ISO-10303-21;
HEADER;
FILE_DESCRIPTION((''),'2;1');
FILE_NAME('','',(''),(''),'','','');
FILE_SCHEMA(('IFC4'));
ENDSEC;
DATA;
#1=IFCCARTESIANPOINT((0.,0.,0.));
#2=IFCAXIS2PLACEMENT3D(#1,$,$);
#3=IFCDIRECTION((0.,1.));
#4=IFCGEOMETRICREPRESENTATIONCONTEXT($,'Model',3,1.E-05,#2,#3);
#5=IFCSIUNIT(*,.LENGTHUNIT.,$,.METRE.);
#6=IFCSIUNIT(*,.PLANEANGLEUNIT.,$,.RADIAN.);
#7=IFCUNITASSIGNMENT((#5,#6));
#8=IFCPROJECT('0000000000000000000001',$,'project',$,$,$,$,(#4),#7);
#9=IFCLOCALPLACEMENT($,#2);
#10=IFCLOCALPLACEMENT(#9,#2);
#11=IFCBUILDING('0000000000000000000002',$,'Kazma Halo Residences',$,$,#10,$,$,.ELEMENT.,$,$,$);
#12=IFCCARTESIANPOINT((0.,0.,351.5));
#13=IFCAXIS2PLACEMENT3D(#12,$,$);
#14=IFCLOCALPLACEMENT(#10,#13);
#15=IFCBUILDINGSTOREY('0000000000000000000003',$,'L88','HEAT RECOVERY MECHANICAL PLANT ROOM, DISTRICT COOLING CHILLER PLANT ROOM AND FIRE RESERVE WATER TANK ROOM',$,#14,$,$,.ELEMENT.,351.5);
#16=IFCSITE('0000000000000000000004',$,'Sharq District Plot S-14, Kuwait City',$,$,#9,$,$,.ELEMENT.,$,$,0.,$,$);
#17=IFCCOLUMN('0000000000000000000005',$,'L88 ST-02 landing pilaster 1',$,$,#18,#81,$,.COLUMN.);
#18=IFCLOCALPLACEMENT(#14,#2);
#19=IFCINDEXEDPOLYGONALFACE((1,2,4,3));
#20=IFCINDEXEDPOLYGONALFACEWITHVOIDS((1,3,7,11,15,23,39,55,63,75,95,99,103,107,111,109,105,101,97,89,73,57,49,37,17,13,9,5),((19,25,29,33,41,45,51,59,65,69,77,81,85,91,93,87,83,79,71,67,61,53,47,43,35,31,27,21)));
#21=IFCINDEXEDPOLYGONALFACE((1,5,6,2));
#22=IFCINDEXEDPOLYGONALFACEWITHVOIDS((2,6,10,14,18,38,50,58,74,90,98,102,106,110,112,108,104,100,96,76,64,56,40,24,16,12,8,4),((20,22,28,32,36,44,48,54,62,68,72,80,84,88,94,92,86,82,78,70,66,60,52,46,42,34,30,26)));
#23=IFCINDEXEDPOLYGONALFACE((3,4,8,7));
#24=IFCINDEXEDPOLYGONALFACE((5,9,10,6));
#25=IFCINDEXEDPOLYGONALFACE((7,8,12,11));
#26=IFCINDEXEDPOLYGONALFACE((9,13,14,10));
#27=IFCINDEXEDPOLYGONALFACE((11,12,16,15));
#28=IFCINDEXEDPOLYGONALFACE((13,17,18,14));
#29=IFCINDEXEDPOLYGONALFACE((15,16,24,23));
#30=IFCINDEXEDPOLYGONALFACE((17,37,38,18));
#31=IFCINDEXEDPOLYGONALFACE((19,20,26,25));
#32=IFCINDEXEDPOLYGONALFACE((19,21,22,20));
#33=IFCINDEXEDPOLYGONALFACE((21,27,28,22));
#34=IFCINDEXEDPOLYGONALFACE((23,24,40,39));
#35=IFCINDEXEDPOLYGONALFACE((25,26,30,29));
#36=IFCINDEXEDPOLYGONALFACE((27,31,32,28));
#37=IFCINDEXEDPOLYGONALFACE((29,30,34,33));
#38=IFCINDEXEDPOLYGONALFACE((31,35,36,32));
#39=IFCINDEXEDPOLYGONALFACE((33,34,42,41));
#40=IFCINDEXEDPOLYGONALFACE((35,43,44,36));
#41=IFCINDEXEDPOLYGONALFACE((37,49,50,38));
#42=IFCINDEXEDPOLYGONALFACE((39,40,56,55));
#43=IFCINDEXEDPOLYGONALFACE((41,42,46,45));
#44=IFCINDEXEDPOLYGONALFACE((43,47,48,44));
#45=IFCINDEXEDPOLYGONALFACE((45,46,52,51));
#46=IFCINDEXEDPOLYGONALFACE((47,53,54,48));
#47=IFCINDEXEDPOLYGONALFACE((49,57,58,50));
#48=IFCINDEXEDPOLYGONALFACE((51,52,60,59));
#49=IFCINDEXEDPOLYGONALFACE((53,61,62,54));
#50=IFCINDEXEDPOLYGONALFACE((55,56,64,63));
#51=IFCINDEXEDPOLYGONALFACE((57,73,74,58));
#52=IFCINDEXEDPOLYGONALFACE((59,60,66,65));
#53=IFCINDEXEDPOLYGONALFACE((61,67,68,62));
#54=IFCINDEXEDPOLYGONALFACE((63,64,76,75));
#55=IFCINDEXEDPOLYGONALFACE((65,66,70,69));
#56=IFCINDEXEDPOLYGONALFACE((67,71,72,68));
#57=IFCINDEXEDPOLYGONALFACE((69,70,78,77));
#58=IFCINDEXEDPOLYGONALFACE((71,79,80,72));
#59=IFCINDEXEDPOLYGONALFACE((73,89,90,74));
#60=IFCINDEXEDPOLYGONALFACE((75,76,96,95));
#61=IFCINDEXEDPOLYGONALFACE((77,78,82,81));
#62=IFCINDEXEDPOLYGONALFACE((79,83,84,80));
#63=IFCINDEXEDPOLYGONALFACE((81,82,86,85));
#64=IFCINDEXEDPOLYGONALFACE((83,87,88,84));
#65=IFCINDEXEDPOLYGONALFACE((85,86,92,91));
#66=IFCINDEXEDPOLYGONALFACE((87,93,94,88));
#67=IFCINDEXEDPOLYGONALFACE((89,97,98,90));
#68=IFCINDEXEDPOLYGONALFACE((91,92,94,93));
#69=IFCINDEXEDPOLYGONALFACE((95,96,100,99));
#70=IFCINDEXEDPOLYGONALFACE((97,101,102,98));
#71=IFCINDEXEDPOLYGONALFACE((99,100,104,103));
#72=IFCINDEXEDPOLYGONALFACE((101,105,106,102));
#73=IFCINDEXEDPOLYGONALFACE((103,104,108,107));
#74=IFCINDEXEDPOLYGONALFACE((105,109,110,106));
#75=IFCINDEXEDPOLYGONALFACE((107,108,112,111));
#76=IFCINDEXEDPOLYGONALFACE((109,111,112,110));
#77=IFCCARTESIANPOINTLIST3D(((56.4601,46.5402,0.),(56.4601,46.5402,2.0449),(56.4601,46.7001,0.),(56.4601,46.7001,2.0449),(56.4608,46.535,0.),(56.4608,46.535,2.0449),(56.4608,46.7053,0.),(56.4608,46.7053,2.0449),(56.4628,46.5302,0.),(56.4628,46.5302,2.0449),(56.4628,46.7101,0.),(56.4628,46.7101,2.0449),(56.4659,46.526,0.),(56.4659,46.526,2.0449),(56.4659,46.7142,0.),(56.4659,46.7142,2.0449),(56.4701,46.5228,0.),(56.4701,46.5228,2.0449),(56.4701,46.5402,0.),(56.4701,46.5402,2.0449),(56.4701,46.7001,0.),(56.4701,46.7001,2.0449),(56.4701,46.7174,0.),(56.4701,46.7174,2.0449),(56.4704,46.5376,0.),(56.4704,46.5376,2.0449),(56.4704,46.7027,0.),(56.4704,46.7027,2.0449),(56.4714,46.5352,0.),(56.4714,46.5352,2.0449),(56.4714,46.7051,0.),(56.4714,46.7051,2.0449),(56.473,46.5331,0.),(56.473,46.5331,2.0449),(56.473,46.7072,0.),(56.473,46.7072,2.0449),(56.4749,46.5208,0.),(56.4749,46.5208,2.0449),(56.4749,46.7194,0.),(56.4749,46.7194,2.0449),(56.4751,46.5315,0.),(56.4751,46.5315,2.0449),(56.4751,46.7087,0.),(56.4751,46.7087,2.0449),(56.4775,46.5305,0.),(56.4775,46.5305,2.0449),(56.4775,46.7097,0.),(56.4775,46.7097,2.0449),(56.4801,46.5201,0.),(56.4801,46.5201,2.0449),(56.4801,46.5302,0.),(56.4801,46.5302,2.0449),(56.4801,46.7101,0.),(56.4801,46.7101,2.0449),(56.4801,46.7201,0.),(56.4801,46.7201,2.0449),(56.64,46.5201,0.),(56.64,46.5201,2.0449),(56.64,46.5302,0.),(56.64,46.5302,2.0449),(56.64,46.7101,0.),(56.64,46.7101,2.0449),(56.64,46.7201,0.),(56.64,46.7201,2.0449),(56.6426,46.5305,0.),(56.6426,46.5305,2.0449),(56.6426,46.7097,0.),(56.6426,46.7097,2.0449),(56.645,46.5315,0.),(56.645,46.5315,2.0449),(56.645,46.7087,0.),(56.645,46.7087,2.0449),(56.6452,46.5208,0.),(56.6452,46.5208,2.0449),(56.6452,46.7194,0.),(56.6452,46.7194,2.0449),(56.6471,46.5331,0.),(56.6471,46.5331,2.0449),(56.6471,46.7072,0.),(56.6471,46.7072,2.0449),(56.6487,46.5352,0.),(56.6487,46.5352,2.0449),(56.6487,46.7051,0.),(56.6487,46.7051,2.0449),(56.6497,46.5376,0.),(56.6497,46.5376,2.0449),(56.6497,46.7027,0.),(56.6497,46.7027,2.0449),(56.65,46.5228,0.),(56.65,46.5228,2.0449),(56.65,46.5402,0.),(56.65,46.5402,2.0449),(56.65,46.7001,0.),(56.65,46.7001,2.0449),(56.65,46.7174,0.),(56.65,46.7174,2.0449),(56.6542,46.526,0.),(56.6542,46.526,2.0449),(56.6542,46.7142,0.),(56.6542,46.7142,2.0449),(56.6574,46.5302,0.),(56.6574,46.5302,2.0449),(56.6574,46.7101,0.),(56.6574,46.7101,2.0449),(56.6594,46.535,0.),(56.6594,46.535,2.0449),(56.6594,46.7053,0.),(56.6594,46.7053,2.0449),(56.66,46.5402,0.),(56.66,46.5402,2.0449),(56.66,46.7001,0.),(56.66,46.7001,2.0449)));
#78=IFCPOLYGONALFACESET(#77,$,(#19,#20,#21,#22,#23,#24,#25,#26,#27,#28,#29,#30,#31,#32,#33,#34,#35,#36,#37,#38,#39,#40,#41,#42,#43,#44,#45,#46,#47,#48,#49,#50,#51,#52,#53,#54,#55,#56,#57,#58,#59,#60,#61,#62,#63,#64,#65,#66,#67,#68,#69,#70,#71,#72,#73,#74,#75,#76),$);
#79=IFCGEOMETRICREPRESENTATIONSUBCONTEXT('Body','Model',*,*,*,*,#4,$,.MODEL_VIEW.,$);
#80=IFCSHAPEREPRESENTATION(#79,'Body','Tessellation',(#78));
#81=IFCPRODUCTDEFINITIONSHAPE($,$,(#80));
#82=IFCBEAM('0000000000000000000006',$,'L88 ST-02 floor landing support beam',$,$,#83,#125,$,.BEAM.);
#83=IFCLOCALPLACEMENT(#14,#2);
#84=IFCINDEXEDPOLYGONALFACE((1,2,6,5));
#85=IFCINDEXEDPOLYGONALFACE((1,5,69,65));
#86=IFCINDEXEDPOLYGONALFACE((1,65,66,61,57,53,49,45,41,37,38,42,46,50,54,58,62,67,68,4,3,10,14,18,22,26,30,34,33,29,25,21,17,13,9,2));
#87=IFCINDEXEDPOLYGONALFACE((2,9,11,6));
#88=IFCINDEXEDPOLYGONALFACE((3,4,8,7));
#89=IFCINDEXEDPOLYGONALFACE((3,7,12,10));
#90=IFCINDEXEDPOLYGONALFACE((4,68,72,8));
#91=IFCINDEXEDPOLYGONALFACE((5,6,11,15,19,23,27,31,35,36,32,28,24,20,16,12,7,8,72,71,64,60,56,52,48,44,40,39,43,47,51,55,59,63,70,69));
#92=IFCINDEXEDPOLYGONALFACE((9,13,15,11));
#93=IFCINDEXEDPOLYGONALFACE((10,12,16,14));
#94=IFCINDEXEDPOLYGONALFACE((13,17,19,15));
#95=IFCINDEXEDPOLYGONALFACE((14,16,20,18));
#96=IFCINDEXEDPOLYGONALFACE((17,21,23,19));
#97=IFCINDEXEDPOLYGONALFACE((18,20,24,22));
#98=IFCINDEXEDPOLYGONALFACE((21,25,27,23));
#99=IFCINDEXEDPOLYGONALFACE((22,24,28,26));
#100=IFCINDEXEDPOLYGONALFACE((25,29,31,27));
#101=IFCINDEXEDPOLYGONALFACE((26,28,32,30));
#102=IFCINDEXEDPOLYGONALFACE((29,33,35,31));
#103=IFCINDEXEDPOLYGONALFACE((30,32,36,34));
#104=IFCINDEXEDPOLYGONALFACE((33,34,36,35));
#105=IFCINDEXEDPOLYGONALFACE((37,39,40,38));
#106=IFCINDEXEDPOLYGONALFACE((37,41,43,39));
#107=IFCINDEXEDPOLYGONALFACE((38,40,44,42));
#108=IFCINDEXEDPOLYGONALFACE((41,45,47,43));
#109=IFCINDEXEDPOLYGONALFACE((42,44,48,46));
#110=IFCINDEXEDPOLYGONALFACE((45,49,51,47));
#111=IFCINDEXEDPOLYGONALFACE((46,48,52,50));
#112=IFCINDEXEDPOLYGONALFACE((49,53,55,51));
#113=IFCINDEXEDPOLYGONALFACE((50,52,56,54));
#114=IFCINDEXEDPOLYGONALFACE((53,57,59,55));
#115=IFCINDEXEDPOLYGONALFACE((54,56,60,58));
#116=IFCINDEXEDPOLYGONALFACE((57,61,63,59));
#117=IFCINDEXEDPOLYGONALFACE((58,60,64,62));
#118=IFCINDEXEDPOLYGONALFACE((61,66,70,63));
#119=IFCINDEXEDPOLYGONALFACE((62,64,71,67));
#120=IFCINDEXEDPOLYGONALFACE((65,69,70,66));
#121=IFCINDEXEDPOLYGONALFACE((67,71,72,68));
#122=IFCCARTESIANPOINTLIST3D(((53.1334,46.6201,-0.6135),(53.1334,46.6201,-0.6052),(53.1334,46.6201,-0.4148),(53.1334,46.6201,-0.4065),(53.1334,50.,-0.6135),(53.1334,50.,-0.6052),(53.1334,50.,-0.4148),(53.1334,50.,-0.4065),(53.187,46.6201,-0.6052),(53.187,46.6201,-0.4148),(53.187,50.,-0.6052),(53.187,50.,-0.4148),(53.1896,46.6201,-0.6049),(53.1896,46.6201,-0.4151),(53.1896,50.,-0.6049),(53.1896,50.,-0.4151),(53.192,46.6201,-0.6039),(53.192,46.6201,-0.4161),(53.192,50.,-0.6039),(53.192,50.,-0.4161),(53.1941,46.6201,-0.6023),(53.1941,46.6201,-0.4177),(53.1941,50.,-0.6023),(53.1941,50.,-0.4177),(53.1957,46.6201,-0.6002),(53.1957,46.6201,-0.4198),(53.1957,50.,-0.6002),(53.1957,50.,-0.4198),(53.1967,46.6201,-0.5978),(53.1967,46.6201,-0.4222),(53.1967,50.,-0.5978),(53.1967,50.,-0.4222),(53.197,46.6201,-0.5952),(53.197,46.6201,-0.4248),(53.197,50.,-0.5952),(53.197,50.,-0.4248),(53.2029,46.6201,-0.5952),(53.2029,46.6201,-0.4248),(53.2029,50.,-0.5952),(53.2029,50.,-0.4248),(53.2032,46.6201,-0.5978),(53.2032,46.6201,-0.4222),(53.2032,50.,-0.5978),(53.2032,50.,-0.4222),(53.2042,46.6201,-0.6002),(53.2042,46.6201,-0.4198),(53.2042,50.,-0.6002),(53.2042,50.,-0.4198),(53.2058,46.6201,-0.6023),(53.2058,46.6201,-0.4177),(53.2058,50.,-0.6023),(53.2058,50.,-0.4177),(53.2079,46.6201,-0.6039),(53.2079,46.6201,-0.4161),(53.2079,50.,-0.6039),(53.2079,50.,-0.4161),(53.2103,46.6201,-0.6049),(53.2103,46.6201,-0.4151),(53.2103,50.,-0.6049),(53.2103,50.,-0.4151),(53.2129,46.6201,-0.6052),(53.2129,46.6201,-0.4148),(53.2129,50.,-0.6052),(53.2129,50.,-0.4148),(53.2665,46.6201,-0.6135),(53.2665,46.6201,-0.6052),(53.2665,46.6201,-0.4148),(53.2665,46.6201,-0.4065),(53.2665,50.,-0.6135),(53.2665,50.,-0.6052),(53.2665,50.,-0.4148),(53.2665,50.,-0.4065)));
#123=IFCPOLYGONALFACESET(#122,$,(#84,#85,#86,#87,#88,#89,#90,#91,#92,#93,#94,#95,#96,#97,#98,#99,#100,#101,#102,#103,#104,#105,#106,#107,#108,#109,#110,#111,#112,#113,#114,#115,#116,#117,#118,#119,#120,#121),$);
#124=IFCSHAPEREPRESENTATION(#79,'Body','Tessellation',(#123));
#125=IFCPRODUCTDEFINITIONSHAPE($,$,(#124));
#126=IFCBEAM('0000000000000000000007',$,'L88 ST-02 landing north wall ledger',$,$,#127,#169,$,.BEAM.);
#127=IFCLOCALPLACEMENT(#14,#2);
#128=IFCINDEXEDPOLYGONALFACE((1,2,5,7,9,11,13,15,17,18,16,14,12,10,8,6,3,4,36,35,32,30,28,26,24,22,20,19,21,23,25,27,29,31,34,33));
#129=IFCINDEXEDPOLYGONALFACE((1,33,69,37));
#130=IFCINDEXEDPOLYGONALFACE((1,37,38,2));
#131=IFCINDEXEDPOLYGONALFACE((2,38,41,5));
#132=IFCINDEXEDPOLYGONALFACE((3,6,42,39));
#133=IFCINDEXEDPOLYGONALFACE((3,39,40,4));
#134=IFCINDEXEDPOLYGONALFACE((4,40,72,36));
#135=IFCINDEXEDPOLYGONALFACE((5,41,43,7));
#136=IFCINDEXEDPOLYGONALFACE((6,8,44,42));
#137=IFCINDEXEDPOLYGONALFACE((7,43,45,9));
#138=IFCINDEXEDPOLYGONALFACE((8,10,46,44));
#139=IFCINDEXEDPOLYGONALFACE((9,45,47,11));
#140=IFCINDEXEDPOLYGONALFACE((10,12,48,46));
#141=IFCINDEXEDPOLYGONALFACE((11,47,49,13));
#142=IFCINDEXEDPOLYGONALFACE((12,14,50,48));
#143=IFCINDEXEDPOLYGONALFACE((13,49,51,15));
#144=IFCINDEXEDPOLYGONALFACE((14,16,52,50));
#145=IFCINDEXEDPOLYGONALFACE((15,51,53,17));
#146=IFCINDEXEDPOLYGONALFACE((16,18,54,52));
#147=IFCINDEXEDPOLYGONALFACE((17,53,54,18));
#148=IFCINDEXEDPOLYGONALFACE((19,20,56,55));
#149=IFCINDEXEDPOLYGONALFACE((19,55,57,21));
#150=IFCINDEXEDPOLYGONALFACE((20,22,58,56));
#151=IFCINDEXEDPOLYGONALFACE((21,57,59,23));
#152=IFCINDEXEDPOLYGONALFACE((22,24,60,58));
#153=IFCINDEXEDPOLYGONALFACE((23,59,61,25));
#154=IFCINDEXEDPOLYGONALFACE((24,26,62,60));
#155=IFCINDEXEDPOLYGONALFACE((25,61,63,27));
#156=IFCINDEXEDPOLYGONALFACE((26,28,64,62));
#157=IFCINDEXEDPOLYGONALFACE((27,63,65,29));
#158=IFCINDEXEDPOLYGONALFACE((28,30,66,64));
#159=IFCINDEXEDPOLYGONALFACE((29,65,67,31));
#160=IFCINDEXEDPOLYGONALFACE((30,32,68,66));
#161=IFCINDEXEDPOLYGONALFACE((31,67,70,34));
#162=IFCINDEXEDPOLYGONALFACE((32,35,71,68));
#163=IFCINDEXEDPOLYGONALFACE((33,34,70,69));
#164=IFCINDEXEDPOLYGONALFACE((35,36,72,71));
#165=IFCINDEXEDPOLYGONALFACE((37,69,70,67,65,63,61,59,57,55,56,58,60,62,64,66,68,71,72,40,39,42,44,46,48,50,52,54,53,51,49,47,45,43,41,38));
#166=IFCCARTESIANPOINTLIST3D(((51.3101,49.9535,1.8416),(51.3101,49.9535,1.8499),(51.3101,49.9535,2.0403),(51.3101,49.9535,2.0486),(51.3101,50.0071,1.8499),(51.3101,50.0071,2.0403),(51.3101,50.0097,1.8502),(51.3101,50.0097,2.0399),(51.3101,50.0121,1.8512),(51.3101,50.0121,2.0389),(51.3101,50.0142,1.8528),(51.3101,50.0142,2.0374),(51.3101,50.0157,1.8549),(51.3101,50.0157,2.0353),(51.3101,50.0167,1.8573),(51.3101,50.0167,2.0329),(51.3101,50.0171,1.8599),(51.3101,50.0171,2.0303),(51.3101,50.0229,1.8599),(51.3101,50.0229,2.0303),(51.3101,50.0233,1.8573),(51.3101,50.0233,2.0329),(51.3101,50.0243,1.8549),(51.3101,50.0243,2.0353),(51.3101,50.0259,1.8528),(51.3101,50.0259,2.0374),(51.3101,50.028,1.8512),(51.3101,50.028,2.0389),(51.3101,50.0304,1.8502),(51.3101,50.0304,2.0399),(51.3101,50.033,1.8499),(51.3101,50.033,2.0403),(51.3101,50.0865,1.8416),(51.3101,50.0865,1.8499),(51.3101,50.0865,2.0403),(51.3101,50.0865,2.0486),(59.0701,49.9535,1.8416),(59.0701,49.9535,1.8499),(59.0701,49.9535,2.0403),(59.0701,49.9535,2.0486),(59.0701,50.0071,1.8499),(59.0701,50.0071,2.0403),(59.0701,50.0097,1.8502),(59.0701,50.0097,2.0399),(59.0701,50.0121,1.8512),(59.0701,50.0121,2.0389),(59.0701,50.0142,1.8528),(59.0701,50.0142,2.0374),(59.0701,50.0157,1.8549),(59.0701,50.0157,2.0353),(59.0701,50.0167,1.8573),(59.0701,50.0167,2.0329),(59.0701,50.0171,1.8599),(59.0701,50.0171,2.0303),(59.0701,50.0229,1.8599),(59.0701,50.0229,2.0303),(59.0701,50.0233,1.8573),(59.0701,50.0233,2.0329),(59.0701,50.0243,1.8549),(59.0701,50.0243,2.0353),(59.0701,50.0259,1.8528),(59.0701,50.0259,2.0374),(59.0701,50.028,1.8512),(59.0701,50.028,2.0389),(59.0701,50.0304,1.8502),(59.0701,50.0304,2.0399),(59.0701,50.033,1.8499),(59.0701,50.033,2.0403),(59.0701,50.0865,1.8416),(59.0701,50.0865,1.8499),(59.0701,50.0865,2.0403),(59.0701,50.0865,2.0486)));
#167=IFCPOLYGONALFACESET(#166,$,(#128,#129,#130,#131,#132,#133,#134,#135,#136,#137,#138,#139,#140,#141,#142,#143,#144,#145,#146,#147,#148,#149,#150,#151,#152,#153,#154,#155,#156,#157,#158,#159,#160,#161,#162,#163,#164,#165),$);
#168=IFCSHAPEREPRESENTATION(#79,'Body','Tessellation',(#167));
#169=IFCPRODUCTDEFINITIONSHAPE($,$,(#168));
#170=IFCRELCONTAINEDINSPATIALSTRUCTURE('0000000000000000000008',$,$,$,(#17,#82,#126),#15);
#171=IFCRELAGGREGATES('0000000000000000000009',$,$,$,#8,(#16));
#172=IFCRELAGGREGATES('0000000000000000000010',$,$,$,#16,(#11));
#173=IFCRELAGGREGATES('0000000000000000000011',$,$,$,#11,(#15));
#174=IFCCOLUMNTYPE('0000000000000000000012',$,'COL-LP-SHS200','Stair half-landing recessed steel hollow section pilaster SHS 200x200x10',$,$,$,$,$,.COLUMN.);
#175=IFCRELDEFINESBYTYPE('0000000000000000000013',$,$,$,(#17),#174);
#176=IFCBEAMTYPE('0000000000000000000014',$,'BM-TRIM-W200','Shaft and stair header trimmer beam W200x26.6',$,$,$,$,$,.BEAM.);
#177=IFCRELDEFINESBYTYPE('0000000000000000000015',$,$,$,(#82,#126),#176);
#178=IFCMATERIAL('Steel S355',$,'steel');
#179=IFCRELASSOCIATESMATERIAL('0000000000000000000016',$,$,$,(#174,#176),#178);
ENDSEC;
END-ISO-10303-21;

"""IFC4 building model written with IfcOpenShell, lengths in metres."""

from ifc_helpers import new_model, si_unit, direction, frame, origin, origin_2d, place, context, subcontext, project, spatial, hollow_rectangle, i_section, extrude, material, material_profile, profile_set, type_object, element, save


model = new_model("IFC4")

# Units and contexts
model_context = context("Model", 3, precision=1e-05, world=origin(), true_north=direction((0.0, 1.0)))
body_context = subcontext(model_context, "Body", "Model", "MODEL_VIEW")
ifc_project = project(units=[si_unit("LENGTHUNIT", "METRE"), si_unit("PLANEANGLEUNIT", "RADIAN")], contexts=[model_context])

# Site, building, storey
site_placement = place(None, origin())
site = spatial("IfcSite", under=ifc_project, at=site_placement, Name="Sharq District Plot S-14, Kuwait City", CompositionType="ELEMENT", RefElevation=0.0)
building_placement = place(site_placement, origin())
building = spatial("IfcBuilding", under=site, at=building_placement, Name="Kazma Halo Residences", CompositionType="ELEMENT")
storey_placement = place(building_placement, frame((0.0, 0.0, 351.5)))
storey = spatial("IfcBuildingStorey", under=building, at=storey_placement, Name="L88", Description="HEAT RECOVERY MECHANICAL PLANT ROOM, DISTRICT COOLING CHILLER PLANT ROOM AND FIRE RESERVE WATER TANK ROOM", CompositionType="ELEMENT", Elevation=351.5)

# Column
ifc_material_1 = material(Name="Steel S355", Category="steel")
ifc_material_profile_1 = material_profile(ifc_material_1, hollow_rectangle(XDim=0.2, YDim=0.2, WallThickness=0.01, InnerFilletRadius=0.01, OuterFilletRadius=0.02, at=origin_2d()), Name="SHS200x200x10")
ifc_profile_set_1 = profile_set([ifc_material_profile_1], Name="Steel S355")
column_type = type_object("IfcColumnType", Name="COL-LP-SHS200", Description="Stair half-landing recessed steel hollow section pilaster SHS 200x200x10", PredefinedType="COLUMN", material=ifc_profile_set_1)
column_placement = place(storey_placement, frame((56.5601, 46.6201, 0.0), z_axis=(0.0, 0.0, 1.0), x_axis=(1.0, 0.0, 0.0)))
element("IfcColumn", 1, at=column_placement, inside=storey, type_object=column_type, Name="L88 ST-02 landing pilaster 1", PredefinedType="COLUMN", context=body_context, shape_type="SweptSolid", body=[
    extrude(hollow_rectangle(XDim=0.2, YDim=0.2, WallThickness=0.01, InnerFilletRadius=0.01, OuterFilletRadius=0.02, at=origin_2d()), origin(), (0.0, 0.0, 1.0), 2.0449),
])

# Beams
ifc_material_profile_2 = material_profile(ifc_material_1, i_section(OverallWidth=0.1331, OverallDepth=0.207, WebThickness=0.0059, FlangeThickness=0.0083, FilletRadius=0.01, at=origin_2d()), Name="W200x26.6")
ifc_profile_set_2 = profile_set([ifc_material_profile_2], Name="Steel S355")
beam_type = type_object("IfcBeamType", Name="BM-TRIM-W200", Description="Shaft and stair header trimmer beam W200x26.6", PredefinedType="BEAM", material=ifc_profile_set_2)
beam_1_placement = place(storey_placement, frame((53.2, 46.6201, -0.51), z_axis=(0.0, 1.0, 0.0), x_axis=(-1.0, 0.0, 0.0)))
element("IfcBeam", 2, at=beam_1_placement, inside=storey, type_object=beam_type, Name="L88 ST-02 floor landing support beam", PredefinedType="BEAM", context=body_context, shape_type="SweptSolid", body=[
    extrude(i_section(OverallWidth=0.1331, OverallDepth=0.207, WebThickness=0.0059, FlangeThickness=0.0083, FilletRadius=0.01, at=origin_2d()), origin(), (0.0, 0.0, 1.0), 3.3799),
])
beam_2_placement = place(storey_placement, frame((51.3101, 50.02, 1.9451), z_axis=(1.0, 0.0, 0.0), x_axis=(0.0, 1.0, 0.0)))
element("IfcBeam", 3, at=beam_2_placement, inside=storey, type_object=beam_type, Name="L88 ST-02 landing north wall ledger", PredefinedType="BEAM", context=body_context, shape_type="SweptSolid", body=[
    extrude(i_section(OverallWidth=0.1331, OverallDepth=0.207, WebThickness=0.0059, FlangeThickness=0.0083, FilletRadius=0.01, at=origin_2d()), origin(), (0.0, 0.0, 1.0), 7.76),
])

save(model, "model.ifc")
